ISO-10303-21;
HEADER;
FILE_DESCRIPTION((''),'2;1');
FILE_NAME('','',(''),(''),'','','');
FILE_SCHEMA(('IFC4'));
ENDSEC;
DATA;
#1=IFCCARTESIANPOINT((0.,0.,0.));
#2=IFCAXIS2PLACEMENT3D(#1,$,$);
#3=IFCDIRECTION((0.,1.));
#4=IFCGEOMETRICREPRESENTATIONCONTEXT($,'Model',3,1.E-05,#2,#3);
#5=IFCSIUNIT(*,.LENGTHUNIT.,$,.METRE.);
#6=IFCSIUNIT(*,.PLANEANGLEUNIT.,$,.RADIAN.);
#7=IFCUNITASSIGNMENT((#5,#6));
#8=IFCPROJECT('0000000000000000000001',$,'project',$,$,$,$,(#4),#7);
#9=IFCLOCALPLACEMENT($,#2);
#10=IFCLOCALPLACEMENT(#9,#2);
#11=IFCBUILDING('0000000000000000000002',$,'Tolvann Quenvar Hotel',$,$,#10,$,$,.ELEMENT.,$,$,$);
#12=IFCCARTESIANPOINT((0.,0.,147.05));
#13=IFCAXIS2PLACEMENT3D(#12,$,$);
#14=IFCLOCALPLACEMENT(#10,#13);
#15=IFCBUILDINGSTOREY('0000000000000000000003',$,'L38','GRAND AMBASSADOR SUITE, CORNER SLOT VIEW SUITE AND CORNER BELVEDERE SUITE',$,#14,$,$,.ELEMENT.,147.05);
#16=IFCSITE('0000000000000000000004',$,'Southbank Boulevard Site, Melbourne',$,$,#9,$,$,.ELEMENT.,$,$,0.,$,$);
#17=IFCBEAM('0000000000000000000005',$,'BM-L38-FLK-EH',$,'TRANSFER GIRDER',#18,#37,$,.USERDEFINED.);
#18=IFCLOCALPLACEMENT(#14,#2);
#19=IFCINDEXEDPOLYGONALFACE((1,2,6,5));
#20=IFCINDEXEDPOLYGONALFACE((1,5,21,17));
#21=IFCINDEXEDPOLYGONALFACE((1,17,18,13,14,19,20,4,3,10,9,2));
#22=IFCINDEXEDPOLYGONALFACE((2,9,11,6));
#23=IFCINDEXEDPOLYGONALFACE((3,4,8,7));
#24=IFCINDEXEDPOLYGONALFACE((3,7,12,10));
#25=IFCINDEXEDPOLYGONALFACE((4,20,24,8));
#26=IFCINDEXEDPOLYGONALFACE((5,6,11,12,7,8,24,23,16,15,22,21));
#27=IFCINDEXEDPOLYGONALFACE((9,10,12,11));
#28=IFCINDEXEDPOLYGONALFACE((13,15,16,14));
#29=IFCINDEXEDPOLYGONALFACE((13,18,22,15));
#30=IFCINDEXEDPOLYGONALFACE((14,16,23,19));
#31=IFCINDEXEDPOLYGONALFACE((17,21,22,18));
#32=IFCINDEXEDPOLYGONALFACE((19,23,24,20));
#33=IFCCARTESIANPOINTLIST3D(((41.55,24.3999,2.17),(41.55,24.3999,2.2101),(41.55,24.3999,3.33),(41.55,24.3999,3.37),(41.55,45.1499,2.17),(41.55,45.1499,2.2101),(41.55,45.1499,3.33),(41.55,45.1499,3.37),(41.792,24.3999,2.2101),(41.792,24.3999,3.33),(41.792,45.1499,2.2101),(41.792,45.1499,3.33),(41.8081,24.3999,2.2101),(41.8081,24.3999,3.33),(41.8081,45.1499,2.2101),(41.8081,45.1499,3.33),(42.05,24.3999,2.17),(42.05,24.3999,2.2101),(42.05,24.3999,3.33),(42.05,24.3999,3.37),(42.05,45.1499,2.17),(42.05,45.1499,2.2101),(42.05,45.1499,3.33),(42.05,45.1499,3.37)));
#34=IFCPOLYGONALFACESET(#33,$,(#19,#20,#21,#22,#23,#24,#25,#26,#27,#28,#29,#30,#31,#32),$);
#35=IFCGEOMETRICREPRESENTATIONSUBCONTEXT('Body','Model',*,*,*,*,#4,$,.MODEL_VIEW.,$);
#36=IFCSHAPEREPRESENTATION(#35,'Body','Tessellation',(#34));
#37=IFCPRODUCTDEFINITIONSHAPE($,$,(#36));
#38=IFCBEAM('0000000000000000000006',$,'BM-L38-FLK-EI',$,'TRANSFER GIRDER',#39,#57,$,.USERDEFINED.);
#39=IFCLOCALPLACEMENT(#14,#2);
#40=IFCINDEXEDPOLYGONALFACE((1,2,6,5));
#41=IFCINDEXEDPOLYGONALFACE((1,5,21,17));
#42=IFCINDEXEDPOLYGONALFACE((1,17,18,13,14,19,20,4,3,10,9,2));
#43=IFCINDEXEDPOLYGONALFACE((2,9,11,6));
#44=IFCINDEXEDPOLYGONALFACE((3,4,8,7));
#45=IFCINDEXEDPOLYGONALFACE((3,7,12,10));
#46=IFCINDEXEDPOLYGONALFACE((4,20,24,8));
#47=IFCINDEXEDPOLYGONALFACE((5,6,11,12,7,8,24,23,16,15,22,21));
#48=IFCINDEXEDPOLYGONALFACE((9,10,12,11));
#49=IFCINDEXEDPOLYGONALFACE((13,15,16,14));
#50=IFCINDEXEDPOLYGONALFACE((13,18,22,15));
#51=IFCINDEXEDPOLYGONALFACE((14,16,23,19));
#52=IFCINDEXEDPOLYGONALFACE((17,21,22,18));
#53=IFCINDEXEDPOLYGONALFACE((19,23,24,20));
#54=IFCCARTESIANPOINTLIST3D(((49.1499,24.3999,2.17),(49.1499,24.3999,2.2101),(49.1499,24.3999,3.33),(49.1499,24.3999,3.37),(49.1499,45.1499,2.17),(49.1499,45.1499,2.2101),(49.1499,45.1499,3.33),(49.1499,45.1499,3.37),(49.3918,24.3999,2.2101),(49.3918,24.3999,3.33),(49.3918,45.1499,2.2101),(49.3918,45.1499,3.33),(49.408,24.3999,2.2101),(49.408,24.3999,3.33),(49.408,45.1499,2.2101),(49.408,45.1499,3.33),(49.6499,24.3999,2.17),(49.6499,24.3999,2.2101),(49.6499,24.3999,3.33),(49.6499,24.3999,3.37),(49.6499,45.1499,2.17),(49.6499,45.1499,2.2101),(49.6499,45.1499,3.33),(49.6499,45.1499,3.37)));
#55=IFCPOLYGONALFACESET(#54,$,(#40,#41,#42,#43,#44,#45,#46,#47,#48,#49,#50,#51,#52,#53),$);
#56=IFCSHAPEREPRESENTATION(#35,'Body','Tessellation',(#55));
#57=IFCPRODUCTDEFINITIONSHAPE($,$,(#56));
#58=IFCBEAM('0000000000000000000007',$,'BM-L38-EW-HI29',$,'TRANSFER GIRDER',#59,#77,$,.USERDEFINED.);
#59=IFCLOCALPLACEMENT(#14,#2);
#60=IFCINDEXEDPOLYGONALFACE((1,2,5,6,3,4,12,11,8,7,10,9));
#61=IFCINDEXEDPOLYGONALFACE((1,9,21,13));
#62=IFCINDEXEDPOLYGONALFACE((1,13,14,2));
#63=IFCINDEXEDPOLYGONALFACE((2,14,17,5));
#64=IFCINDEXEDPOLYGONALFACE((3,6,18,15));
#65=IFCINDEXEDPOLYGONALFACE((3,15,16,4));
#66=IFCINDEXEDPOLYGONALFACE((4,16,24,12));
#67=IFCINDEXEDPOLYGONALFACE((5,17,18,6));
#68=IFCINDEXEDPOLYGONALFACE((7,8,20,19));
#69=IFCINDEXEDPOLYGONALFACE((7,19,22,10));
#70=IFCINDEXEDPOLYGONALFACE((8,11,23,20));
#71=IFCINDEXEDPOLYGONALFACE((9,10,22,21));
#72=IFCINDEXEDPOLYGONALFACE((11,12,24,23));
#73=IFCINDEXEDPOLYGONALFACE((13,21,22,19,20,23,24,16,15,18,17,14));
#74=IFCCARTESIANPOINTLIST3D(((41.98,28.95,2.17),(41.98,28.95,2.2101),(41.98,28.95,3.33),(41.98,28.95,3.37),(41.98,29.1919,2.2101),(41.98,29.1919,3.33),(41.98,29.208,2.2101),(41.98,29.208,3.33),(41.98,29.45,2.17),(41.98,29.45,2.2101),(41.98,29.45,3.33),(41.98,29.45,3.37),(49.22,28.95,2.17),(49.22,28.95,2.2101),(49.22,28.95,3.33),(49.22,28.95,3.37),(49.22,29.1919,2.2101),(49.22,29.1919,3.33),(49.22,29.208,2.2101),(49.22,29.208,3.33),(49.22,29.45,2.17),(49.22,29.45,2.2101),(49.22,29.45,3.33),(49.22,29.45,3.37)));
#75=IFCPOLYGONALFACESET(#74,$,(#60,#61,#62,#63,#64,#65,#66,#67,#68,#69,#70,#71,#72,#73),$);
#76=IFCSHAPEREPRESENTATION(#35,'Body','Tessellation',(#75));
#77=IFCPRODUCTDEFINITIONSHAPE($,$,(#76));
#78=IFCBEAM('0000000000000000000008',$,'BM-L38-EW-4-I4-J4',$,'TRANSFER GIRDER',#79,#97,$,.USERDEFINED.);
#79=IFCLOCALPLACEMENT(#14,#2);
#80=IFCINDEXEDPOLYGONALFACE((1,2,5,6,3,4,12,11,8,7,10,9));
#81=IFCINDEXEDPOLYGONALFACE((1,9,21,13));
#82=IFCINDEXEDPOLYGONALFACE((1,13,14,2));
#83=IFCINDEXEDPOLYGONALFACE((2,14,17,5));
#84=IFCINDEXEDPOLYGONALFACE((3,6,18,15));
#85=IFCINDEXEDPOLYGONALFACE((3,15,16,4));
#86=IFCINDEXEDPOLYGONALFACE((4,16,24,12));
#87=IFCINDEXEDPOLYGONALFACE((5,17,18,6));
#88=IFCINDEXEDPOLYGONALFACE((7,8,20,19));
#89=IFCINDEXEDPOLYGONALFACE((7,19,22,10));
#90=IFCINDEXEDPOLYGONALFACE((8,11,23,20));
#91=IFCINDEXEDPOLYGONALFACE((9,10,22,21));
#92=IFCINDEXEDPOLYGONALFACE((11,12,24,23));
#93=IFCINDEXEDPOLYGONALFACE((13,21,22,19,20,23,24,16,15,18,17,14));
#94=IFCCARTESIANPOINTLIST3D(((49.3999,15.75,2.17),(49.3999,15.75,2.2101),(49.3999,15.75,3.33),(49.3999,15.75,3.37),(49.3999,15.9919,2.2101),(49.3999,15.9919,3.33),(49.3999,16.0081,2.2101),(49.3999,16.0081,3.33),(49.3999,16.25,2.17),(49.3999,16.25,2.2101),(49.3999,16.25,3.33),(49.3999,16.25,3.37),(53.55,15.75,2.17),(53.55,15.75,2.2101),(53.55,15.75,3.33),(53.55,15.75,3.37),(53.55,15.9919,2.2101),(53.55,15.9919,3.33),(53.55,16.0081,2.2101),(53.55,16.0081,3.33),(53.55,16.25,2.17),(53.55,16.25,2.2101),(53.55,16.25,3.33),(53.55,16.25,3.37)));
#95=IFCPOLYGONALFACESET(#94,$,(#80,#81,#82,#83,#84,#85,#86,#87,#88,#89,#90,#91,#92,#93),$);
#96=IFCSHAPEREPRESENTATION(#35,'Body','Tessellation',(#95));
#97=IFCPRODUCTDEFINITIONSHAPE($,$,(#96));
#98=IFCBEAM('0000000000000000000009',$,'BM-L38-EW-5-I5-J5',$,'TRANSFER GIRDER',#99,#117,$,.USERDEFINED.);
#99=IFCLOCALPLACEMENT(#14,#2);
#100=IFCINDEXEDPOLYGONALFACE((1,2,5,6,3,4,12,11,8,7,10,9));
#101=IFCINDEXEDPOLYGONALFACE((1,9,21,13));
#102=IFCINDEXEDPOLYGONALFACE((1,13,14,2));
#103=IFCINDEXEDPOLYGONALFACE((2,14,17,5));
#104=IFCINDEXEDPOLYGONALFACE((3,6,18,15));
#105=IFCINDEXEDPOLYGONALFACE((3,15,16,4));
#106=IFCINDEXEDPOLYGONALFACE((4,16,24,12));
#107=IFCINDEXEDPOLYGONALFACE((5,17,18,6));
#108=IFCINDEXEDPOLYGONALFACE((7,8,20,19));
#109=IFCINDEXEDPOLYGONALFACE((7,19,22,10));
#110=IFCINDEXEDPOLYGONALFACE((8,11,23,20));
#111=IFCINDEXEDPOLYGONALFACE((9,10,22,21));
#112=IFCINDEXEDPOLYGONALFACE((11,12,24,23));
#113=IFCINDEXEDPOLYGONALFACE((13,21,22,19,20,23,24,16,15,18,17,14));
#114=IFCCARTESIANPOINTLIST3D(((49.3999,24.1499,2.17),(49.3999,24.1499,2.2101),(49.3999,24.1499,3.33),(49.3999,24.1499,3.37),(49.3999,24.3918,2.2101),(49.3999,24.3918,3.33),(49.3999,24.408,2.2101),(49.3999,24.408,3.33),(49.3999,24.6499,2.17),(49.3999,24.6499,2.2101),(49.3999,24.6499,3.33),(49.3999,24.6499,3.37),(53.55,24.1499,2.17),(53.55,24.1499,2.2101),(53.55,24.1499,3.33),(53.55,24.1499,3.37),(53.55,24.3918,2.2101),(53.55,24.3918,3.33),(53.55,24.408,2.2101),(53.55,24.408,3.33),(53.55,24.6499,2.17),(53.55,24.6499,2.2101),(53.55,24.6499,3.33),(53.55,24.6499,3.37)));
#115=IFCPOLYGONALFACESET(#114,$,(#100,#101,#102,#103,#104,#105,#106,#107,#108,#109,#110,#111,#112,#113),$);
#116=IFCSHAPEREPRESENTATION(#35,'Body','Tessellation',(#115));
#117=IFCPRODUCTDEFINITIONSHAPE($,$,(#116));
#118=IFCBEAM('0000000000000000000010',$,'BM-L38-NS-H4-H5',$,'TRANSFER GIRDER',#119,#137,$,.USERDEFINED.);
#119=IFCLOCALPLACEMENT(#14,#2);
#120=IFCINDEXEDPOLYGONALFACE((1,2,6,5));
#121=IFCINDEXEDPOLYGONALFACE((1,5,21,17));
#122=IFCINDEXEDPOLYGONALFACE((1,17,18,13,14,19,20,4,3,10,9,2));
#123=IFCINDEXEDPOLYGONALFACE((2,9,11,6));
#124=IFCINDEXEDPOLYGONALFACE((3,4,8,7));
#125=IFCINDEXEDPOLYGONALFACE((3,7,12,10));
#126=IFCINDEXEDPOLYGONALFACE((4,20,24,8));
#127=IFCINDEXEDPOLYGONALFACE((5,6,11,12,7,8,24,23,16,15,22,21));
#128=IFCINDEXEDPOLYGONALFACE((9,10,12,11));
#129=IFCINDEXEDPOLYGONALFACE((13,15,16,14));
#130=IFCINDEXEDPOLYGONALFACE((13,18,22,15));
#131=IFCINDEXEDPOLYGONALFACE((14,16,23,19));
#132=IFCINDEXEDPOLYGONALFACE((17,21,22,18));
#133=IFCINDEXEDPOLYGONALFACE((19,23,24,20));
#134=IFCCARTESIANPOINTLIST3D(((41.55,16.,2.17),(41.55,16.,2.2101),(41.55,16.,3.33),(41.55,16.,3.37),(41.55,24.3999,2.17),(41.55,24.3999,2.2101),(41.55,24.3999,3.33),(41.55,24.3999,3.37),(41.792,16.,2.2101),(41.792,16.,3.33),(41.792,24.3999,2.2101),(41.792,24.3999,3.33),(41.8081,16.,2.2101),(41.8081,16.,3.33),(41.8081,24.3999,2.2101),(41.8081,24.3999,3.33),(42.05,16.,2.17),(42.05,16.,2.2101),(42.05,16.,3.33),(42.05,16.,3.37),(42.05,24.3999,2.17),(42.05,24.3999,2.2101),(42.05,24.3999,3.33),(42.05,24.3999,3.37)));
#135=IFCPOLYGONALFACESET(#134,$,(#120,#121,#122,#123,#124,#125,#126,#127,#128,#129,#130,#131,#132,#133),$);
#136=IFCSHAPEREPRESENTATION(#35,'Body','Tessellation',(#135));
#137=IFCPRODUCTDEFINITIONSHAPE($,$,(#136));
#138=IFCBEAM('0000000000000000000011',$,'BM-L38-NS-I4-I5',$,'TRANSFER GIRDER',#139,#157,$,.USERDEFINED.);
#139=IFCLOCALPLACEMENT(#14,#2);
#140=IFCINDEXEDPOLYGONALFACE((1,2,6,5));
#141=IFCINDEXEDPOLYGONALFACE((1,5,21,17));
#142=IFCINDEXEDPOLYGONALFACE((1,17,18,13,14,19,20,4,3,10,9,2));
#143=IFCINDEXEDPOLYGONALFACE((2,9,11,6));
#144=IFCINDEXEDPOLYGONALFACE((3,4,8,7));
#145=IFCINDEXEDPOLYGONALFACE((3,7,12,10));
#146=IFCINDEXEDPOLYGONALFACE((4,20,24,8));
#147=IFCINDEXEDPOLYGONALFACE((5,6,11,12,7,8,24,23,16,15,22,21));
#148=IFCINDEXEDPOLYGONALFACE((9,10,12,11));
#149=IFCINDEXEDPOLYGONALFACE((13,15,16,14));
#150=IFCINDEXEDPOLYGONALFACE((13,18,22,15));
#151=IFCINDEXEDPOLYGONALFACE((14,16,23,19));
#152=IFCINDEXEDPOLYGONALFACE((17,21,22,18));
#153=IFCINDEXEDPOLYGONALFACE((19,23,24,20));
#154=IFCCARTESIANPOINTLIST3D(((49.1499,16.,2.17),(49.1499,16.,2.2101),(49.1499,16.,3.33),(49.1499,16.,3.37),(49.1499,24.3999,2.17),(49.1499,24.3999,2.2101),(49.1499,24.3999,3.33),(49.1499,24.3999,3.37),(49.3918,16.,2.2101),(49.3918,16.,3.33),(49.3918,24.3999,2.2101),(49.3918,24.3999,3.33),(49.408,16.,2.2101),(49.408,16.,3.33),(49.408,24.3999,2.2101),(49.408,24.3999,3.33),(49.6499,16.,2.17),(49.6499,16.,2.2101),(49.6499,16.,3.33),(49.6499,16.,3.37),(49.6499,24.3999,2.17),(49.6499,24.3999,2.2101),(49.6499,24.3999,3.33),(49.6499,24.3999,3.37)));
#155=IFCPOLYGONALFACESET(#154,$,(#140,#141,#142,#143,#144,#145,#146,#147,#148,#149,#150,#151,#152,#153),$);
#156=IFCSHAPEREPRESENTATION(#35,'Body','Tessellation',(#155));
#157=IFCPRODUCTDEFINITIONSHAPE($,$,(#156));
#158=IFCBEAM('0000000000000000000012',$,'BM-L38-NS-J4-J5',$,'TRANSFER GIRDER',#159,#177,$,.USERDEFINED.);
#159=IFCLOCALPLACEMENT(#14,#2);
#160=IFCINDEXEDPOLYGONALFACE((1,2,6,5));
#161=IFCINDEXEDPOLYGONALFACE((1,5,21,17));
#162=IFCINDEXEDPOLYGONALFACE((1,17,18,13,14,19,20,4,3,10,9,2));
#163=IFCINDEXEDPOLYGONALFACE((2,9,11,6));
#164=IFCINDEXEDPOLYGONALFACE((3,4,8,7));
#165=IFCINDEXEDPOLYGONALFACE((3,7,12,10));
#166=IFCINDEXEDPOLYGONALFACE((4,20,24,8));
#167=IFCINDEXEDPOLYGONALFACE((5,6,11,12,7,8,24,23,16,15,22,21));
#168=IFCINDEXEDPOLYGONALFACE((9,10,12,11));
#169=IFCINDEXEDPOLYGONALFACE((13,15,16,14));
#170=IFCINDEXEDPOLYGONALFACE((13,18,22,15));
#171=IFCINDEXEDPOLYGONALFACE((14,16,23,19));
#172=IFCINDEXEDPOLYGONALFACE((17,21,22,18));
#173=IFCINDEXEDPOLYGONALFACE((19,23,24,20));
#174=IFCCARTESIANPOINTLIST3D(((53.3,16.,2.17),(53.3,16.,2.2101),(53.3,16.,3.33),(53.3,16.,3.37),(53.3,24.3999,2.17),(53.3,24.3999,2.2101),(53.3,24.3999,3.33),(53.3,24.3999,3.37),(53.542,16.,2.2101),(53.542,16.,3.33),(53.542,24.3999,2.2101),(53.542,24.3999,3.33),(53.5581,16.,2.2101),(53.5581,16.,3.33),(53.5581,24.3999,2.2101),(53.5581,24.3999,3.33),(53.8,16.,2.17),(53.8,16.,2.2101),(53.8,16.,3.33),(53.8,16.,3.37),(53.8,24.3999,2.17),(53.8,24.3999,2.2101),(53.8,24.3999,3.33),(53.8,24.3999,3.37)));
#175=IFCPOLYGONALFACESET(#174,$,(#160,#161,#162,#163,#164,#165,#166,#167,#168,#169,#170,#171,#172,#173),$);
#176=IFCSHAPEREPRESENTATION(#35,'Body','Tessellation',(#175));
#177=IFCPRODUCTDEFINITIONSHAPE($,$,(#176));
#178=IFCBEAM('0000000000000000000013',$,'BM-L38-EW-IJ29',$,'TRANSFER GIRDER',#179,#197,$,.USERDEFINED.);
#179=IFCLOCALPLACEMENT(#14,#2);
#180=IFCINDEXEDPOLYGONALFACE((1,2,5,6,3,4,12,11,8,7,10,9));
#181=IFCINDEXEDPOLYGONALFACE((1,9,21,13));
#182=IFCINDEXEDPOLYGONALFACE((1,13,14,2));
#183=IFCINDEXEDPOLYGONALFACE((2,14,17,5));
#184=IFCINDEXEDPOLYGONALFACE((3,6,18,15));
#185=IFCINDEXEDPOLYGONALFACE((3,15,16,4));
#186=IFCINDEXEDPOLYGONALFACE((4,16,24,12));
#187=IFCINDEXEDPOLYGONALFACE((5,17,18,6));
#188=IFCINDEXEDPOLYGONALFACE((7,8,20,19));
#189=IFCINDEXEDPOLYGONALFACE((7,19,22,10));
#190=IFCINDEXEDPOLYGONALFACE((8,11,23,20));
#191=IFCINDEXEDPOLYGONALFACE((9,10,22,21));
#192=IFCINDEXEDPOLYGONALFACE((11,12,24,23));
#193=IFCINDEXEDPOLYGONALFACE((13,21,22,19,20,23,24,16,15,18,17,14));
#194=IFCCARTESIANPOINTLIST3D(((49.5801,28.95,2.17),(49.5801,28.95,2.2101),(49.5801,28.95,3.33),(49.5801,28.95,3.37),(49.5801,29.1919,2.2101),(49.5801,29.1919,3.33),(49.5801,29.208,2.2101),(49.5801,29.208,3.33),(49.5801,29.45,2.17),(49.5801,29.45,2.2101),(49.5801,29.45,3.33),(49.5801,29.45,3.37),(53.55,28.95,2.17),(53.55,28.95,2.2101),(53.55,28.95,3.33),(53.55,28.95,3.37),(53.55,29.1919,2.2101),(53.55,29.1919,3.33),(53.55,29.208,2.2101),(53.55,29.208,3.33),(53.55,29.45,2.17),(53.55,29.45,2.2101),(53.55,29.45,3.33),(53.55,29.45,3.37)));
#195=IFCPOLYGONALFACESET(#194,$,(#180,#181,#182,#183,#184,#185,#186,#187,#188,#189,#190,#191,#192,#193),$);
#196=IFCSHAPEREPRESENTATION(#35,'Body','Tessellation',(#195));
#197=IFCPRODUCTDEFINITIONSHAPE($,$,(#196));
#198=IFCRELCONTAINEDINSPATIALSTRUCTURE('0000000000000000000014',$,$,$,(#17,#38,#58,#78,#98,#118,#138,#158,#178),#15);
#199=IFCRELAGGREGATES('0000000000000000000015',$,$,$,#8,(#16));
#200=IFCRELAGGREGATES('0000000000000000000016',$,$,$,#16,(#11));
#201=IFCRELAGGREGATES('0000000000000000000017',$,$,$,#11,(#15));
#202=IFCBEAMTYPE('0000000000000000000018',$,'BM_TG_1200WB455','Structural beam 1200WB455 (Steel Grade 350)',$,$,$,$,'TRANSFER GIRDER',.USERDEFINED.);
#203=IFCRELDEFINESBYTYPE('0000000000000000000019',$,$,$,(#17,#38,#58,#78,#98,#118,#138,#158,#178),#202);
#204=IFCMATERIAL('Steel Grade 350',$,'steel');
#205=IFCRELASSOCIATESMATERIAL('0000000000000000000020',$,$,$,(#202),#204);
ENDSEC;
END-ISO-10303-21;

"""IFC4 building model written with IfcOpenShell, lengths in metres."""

from ifc_helpers import new_model, si_unit, direction, frame, origin, origin_2d, place, context, subcontext, project, spatial, i_section, extrude, source, transform, mapped, material, material_profile, profile_set, type_object, element, save


model = new_model("IFC4")

# Units and contexts
model_context = context("Model", 3, precision=1e-05, world=origin(), true_north=direction((0.0, 1.0)))
body_context = subcontext(model_context, "Body", "Model", "MODEL_VIEW")
ifc_project = project(units=[si_unit("LENGTHUNIT", "METRE"), si_unit("PLANEANGLEUNIT", "RADIAN")], contexts=[model_context])

# Site, building, storey
site_placement = place(None, origin())
site = spatial("IfcSite", under=ifc_project, at=site_placement, Name="Southbank Boulevard Site, Melbourne", CompositionType="ELEMENT", RefElevation=0.0)
building_placement = place(site_placement, origin())
building = spatial("IfcBuilding", under=site, at=building_placement, Name="Tolvann Quenvar Hotel", CompositionType="ELEMENT")
storey_placement = place(building_placement, frame((0.0, 0.0, 147.05)))
storey = spatial("IfcBuildingStorey", under=building, at=storey_placement, Name="L38", Description="GRAND AMBASSADOR SUITE, CORNER SLOT VIEW SUITE AND CORNER BELVEDERE SUITE", CompositionType="ELEMENT", Elevation=147.05)

# Shared definitions
ifc_material_1 = material(Name="Steel Grade 350", Category="steel")

# Beams
ifc_material_profile_1 = material_profile(ifc_material_1, i_section(OverallWidth=0.5, OverallDepth=1.2, WebThickness=0.0161, FlangeThickness=0.04, at=origin_2d()), Name="1200WB455")
ifc_profile_set_1 = profile_set([ifc_material_profile_1], Name="Steel Grade 350")
beam_type_1 = type_object("IfcBeamType", Name="BM_TG_1200WB455", Description="Structural beam 1200WB455 (Steel Grade 350)", ElementType="TRANSFER GIRDER", PredefinedType="USERDEFINED", material=ifc_profile_set_1)
shared_shape_1 = source(origin(), body_context, "Body", "SweptSolid", [
    extrude(i_section(OverallWidth=0.5, OverallDepth=1.2, WebThickness=0.0161, FlangeThickness=0.04, at=origin_2d()), origin(), (0.0, 0.0, 1.0), 20.75),
])
for number, where, z_axis, x_axis, name in (
    (1, (41.8, 24.3999, 2.77), (0.0, 1.0, 0.0), (-1.0, 0.0, 0.0), "BM-L38-FLK-EH"),
    (2, (49.3999, 24.3999, 2.77), (0.0, 1.0, 0.0), (-1.0, 0.0, 0.0), "BM-L38-FLK-EI"),
):
    element("IfcBeam", number, at=place(storey_placement, frame(where, z_axis=z_axis, x_axis=x_axis)), inside=storey, type_object=beam_type_1, Name=name, ObjectType="TRANSFER GIRDER", PredefinedType="USERDEFINED", context=body_context, shape_type="MappedRepresentation", body=[
        mapped(shared_shape_1, transform((0.0, 0.0, 0.0), x_axis=(1.0, 0.0, 0.0), y_axis=(0.0, 1.0, 0.0), z_axis=(0.0, 0.0, 1.0), scale=1.0)),
    ])
shared_shape_2 = source(origin(), body_context, "Body", "SweptSolid", [
    extrude(i_section(OverallWidth=0.5, OverallDepth=1.2, WebThickness=0.0161, FlangeThickness=0.04, at=origin_2d()), origin(), (0.0, 0.0, 1.0), 7.24),
])
beam_1_placement = place(storey_placement, frame((41.98, 29.2, 2.77), z_axis=(1.0, 0.0, 0.0), x_axis=(0.0, 1.0, 0.0)))
element("IfcBeam", 3, at=beam_1_placement, inside=storey, type_object=beam_type_1, Name="BM-L38-EW-HI29", ObjectType="TRANSFER GIRDER", PredefinedType="USERDEFINED", context=body_context, shape_type="MappedRepresentation", body=[
    mapped(shared_shape_2, transform((0.0, 0.0, 0.0), x_axis=(1.0, 0.0, 0.0), y_axis=(0.0, 1.0, 0.0), z_axis=(0.0, 0.0, 1.0), scale=1.0)),
])
shared_shape_3 = source(origin(), body_context, "Body", "SweptSolid", [
    extrude(i_section(OverallWidth=0.5, OverallDepth=1.2, WebThickness=0.0161, FlangeThickness=0.04, at=origin_2d()), origin(), (0.0, 0.0, 1.0), 4.1501),
])
for number, where, z_axis, x_axis, name in (
    (4, (49.3999, 16.0, 2.77), (1.0, 0.0, 0.0), (0.0, 1.0, 0.0), "BM-L38-EW-4-I4-J4"),
    (5, (49.3999, 24.3999, 2.77), (1.0, 0.0, 0.0), (0.0, 1.0, 0.0), "BM-L38-EW-5-I5-J5"),
):
    element("IfcBeam", number, at=place(storey_placement, frame(where, z_axis=z_axis, x_axis=x_axis)), inside=storey, type_object=beam_type_1, Name=name, ObjectType="TRANSFER GIRDER", PredefinedType="USERDEFINED", context=body_context, shape_type="MappedRepresentation", body=[
        mapped(shared_shape_3, transform((0.0, 0.0, 0.0), x_axis=(1.0, 0.0, 0.0), y_axis=(0.0, 1.0, 0.0), z_axis=(0.0, 0.0, 1.0), scale=1.0)),
    ])
shared_shape_4 = source(origin(), body_context, "Body", "SweptSolid", [
    extrude(i_section(OverallWidth=0.5, OverallDepth=1.2, WebThickness=0.0161, FlangeThickness=0.04, at=origin_2d()), origin(), (0.0, 0.0, 1.0), 8.3999),
])
for number, where, z_axis, x_axis, name in (
    (6, (41.8, 16.0, 2.77), (0.0, 1.0, 0.0), (-1.0, 0.0, 0.0), "BM-L38-NS-H4-H5"),
    (7, (49.3999, 16.0, 2.77), (0.0, 1.0, 0.0), (-1.0, 0.0, 0.0), "BM-L38-NS-I4-I5"),
    (8, (53.55, 16.0, 2.77), (0.0, 1.0, 0.0), (-1.0, 0.0, 0.0), "BM-L38-NS-J4-J5"),
):
    element("IfcBeam", number, at=place(storey_placement, frame(where, z_axis=z_axis, x_axis=x_axis)), inside=storey, type_object=beam_type_1, Name=name, ObjectType="TRANSFER GIRDER", PredefinedType="USERDEFINED", context=body_context, shape_type="MappedRepresentation", body=[
        mapped(shared_shape_4, transform((0.0, 0.0, 0.0), x_axis=(1.0, 0.0, 0.0), y_axis=(0.0, 1.0, 0.0), z_axis=(0.0, 0.0, 1.0), scale=1.0)),
    ])
shared_shape_5 = source(origin(), body_context, "Body", "SweptSolid", [
    extrude(i_section(OverallWidth=0.5, OverallDepth=1.2, WebThickness=0.0161, FlangeThickness=0.04, at=origin_2d()), origin(), (0.0, 0.0, 1.0), 3.97),
])
beam_2_placement = place(storey_placement, frame((49.5801, 29.2, 2.77), z_axis=(1.0, 0.0, 0.0), x_axis=(0.0, 1.0, 0.0)))
element("IfcBeam", 9, at=beam_2_placement, inside=storey, type_object=beam_type_1, Name="BM-L38-EW-IJ29", ObjectType="TRANSFER GIRDER", PredefinedType="USERDEFINED", context=body_context, shape_type="MappedRepresentation", body=[
    mapped(shared_shape_5, transform((0.0, 0.0, 0.0), x_axis=(1.0, 0.0, 0.0), y_axis=(0.0, 1.0, 0.0), z_axis=(0.0, 0.0, 1.0), scale=1.0)),
])

save(model, "model.ifc")
